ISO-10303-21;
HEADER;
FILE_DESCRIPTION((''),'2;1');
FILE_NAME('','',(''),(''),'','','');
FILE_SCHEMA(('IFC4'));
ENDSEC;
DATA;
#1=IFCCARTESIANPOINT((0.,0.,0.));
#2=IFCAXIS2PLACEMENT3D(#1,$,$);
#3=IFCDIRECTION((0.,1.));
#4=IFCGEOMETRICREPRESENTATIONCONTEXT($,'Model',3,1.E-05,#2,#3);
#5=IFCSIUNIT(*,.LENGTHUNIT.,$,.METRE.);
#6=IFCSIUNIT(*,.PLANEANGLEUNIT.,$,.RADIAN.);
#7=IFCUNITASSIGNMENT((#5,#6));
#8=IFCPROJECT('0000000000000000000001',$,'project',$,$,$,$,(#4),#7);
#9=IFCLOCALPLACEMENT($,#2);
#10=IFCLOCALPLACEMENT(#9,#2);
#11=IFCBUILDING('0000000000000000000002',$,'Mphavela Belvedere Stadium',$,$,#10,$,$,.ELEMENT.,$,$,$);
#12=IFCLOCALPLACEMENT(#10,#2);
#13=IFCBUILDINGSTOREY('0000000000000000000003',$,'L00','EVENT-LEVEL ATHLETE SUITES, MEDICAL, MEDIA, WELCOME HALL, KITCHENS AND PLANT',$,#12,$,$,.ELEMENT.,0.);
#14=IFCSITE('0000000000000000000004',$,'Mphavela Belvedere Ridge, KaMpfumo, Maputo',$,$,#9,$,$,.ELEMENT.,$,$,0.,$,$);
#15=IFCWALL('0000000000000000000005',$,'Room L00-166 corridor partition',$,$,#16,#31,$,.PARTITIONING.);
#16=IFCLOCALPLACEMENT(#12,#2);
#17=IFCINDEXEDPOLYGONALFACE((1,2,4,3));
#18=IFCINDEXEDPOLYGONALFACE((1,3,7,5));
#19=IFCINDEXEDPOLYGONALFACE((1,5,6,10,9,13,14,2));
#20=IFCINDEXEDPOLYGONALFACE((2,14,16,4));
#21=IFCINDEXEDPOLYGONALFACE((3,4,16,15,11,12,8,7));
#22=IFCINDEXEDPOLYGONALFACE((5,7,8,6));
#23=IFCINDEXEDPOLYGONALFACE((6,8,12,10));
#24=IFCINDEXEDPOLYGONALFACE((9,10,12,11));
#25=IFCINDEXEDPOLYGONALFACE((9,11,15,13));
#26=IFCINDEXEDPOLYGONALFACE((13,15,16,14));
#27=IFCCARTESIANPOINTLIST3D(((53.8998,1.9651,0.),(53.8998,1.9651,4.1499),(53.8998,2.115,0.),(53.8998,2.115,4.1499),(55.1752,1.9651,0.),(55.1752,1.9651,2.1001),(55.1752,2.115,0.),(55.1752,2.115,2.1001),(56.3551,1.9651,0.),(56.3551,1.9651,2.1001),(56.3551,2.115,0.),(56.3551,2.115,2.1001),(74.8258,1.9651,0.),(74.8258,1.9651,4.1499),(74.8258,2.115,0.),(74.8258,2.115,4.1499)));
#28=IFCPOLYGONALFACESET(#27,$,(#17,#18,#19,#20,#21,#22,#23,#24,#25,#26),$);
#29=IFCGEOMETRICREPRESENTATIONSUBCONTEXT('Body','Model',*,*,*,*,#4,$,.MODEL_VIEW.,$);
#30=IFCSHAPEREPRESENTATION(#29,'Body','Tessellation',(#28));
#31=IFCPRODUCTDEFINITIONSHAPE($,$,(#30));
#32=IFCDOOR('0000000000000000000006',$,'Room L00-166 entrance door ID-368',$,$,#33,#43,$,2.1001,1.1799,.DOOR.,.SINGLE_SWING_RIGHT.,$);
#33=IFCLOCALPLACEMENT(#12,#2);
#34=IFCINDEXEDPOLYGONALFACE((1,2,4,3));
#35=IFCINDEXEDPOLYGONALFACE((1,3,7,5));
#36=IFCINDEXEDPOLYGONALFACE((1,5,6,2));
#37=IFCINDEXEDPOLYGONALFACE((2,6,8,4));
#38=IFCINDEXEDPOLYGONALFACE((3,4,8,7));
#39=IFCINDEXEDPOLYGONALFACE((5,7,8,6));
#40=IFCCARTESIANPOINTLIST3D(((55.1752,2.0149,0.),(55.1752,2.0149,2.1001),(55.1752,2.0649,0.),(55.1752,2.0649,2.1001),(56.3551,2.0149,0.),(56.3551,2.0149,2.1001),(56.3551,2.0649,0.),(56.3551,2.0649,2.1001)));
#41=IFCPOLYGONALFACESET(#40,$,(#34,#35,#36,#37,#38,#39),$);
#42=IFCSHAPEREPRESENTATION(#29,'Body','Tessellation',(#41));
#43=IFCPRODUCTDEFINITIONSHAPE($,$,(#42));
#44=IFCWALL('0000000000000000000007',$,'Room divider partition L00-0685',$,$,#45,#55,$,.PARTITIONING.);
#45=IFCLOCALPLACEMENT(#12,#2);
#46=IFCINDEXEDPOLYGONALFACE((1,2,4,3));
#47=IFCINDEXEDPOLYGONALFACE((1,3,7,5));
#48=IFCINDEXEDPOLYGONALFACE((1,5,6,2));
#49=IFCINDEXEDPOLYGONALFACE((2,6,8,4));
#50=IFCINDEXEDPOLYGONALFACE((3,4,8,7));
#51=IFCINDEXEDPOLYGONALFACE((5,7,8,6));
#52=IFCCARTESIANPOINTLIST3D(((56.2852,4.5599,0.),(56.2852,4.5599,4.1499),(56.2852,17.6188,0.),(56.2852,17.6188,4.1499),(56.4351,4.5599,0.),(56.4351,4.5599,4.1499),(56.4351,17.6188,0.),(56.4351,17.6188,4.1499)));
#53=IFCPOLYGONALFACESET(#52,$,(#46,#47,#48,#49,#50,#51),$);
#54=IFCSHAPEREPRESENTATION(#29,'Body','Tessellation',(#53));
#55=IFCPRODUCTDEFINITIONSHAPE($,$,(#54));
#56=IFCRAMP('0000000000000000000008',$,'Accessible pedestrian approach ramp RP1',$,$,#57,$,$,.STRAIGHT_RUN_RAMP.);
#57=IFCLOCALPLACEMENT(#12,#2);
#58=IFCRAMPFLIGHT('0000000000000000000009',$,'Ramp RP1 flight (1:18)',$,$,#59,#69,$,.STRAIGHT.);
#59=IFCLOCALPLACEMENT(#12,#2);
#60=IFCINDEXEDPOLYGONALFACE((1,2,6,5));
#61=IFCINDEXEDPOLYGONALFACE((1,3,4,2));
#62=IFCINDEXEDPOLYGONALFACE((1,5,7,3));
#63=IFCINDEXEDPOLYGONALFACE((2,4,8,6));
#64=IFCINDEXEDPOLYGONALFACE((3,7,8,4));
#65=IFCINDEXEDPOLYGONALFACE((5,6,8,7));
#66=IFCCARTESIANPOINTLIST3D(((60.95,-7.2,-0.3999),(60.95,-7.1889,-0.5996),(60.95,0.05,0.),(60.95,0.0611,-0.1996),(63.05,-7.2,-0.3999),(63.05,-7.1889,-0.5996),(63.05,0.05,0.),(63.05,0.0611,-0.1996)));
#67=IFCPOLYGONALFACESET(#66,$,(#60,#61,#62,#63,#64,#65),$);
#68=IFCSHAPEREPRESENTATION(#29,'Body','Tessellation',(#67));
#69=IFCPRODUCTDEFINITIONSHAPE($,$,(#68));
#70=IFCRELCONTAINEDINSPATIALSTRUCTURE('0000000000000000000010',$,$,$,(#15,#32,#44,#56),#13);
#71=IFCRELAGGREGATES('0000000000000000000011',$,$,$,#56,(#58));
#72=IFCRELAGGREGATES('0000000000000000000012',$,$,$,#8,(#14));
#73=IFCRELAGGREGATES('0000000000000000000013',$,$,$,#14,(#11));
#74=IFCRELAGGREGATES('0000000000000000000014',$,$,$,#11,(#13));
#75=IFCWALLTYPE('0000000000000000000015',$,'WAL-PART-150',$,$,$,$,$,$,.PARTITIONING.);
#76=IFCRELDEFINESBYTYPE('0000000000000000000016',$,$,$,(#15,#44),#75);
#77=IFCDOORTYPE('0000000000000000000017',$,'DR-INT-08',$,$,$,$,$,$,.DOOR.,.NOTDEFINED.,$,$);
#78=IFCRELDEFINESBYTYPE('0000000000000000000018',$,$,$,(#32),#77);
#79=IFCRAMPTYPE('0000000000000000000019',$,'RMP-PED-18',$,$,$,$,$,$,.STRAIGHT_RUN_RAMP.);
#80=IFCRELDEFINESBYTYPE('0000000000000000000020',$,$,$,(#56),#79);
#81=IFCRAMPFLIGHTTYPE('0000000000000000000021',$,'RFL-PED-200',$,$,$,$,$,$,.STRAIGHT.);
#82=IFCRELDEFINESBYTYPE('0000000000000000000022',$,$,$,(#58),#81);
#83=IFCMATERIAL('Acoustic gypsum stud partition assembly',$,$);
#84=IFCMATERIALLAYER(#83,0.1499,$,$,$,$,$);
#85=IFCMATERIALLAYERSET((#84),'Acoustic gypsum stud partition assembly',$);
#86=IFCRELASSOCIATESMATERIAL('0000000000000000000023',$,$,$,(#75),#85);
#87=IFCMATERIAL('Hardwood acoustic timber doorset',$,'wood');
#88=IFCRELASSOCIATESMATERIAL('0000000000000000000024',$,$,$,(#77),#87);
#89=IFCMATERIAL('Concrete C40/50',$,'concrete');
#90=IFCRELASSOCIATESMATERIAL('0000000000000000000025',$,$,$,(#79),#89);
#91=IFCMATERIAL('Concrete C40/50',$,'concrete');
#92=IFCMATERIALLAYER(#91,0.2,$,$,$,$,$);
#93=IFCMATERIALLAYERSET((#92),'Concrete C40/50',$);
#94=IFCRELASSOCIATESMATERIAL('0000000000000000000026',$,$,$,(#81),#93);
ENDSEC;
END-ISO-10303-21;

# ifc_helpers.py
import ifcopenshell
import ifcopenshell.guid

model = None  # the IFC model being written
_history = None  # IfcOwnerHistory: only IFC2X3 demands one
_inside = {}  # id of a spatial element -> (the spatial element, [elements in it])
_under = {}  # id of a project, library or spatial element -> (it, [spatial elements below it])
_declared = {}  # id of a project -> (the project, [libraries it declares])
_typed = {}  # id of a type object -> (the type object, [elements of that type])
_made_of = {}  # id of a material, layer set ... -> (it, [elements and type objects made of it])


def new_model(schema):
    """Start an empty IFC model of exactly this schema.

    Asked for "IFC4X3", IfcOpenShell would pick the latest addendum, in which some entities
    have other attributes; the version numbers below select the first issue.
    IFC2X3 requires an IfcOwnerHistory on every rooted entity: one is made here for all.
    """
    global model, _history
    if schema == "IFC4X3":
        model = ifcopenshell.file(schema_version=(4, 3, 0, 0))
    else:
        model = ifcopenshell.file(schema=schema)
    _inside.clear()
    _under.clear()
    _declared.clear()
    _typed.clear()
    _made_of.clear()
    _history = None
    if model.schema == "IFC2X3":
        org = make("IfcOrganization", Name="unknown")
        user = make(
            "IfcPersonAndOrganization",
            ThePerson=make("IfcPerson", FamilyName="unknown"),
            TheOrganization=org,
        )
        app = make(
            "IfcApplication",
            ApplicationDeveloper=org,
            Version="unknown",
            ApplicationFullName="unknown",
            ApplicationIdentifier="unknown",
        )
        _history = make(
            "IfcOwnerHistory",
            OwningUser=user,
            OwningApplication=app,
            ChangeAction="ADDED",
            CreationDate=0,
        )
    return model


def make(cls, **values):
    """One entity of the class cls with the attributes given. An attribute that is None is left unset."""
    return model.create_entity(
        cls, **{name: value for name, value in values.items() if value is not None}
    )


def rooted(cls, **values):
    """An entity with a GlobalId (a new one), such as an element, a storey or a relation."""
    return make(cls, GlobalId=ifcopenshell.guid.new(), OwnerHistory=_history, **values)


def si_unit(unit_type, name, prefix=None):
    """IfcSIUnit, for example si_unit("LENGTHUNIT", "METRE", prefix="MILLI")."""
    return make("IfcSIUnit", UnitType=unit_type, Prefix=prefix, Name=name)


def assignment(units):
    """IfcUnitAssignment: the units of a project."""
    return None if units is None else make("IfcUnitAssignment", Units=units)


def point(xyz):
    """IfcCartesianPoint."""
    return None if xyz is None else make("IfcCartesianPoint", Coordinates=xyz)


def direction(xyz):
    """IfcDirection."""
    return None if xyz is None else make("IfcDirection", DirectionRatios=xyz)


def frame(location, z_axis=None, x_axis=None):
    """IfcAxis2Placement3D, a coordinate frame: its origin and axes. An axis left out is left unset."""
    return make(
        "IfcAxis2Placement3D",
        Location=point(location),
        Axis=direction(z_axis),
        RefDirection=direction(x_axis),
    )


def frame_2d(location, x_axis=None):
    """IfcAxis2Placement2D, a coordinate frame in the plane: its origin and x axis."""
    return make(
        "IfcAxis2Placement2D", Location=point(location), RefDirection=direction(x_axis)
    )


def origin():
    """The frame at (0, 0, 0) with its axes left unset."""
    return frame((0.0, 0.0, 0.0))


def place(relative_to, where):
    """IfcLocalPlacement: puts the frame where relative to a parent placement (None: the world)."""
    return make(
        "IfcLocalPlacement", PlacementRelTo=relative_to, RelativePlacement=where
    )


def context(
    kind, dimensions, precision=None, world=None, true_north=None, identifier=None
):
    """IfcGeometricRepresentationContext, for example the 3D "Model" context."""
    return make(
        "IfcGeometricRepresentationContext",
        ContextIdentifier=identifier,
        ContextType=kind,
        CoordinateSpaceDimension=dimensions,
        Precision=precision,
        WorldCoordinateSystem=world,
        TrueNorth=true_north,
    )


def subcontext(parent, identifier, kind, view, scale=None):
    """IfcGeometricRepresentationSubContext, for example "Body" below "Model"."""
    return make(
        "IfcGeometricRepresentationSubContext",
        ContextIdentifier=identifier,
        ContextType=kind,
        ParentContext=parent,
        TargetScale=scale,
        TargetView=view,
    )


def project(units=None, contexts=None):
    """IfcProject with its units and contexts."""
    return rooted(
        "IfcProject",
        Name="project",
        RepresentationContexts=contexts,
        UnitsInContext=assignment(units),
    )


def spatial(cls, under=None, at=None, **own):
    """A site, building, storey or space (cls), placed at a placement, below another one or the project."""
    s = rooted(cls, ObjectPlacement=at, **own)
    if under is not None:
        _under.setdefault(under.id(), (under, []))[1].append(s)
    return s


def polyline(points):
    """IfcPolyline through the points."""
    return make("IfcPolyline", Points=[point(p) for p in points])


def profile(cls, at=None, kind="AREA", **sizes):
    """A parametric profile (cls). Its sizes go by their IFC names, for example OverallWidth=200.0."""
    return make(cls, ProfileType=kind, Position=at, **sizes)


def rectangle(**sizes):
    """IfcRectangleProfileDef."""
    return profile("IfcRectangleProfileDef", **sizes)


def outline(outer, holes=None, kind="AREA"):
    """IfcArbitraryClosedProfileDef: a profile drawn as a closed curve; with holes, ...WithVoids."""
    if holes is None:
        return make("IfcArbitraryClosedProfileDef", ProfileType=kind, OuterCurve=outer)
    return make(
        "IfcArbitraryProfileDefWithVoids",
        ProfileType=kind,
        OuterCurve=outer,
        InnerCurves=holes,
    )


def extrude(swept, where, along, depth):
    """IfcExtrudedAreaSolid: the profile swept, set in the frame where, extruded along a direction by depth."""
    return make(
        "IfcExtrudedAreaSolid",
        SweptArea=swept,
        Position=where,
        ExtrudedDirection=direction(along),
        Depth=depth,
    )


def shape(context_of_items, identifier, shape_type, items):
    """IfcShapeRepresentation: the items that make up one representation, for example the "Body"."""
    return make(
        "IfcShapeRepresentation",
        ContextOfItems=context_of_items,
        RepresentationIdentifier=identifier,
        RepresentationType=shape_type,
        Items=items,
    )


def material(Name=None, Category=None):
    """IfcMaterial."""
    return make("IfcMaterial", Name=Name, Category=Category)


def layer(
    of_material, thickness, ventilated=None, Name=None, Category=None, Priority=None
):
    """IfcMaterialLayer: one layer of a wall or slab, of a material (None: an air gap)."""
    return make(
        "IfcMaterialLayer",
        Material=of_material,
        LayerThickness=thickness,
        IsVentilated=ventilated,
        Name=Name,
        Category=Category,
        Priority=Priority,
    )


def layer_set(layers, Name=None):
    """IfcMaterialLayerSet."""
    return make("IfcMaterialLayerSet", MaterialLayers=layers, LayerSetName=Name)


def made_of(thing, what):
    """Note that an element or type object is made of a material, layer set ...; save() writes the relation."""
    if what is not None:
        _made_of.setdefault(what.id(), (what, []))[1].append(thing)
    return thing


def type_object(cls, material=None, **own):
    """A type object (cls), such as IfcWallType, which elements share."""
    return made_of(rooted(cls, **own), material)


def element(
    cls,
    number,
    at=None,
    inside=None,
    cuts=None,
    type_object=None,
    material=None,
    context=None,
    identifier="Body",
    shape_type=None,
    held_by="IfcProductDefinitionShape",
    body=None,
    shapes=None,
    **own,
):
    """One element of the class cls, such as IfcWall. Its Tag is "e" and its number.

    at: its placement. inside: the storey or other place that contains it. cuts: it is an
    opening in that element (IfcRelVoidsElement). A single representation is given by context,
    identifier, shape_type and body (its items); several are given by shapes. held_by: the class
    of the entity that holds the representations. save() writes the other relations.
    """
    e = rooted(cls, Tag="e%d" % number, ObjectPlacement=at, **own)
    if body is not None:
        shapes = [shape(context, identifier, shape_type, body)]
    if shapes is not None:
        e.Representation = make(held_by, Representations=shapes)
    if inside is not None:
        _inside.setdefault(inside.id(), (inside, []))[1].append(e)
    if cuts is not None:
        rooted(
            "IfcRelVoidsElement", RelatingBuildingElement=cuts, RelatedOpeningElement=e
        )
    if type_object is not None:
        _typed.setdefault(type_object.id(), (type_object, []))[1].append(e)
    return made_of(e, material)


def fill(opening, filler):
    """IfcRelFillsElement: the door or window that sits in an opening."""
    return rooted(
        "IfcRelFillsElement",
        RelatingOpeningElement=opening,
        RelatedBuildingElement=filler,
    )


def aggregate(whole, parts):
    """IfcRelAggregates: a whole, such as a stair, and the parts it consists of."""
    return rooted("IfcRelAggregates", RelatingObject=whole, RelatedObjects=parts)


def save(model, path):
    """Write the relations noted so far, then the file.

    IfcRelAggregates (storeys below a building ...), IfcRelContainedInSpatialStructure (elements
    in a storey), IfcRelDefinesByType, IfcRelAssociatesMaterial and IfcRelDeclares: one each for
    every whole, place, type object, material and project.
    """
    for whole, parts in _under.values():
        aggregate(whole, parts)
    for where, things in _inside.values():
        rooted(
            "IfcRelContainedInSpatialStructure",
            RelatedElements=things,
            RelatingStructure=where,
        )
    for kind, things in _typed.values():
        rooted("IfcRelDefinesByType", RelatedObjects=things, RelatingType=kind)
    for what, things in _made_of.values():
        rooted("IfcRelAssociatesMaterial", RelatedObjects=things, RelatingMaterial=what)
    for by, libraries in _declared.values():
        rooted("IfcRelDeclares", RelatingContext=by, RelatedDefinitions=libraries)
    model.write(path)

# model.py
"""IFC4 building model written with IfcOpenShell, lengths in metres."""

from ifc_helpers import new_model, si_unit, direction, frame, frame_2d, origin, place, context, subcontext, project, spatial, polyline, rectangle, outline, extrude, material, layer, layer_set, type_object, element, fill, aggregate, save


model = new_model("IFC4")

# Units and contexts
model_context = context("Model", 3, precision=1e-05, world=origin(), true_north=direction((0.0, 1.0)))
body_context = subcontext(model_context, "Body", "Model", "MODEL_VIEW")
ifc_project = project(units=[si_unit("LENGTHUNIT", "METRE"), si_unit("PLANEANGLEUNIT", "RADIAN")], contexts=[model_context])

# Site, building, storey
site_placement = place(None, origin())
site = spatial("IfcSite", under=ifc_project, at=site_placement, Name="Mphavela Belvedere Ridge, KaMpfumo, Maputo", CompositionType="ELEMENT", RefElevation=0.0)
building_placement = place(site_placement, origin())
building = spatial("IfcBuilding", under=site, at=building_placement, Name="Mphavela Belvedere Stadium", CompositionType="ELEMENT")
storey_placement = place(building_placement, origin())
storey = spatial("IfcBuildingStorey", under=building, at=storey_placement, Name="L00", Description="EVENT-LEVEL ATHLETE SUITES, MEDICAL, MEDIA, WELCOME HALL, KITCHENS AND PLANT", CompositionType="ELEMENT", Elevation=0.0)

# Wall, opening, door
ifc_material_1 = material(Name="Acoustic gypsum stud partition assembly")
ifc_layer_1 = layer(ifc_material_1, 0.1499)
ifc_layer_set_1 = layer_set([ifc_layer_1], Name="Acoustic gypsum stud partition assembly")
wall_type_1 = type_object("IfcWallType", Name="WAL-PART-150", PredefinedType="PARTITIONING", material=ifc_layer_set_1)
wall_1_placement = place(storey_placement, frame((53.8999, 2.04, 0.0), z_axis=(0.0, 0.0, 1.0), x_axis=(1.0, 0.0, 0.0)))
wall_1 = element("IfcWall", 1, at=wall_1_placement, inside=storey, type_object=wall_type_1, Name="Room L00-166 corridor partition", PredefinedType="PARTITIONING", context=body_context, shape_type="SweptSolid", body=[
    extrude(rectangle(XDim=20.926, YDim=0.1499, at=frame_2d((10.4629, 0.0))), origin(), (0.0, 0.0, 1.0), 4.1499),
])
opening_1_placement = place(wall_1_placement, frame((1.2754, 0.0, 0.0)))
opening_1 = element("IfcOpeningElement", 2, at=opening_1_placement, cuts=wall_1, PredefinedType="OPENING", context=body_context, shape_type="SweptSolid", body=[
    extrude(rectangle(XDim=1.1799, YDim=2.1001, at=frame_2d((0.5898, 1.05))), frame((0.0, 0.085, 0.0), z_axis=(0.0, -1.0, 0.0), x_axis=(1.0, 0.0, 0.0)), (0.0, 0.0, 1.0), 0.1699),
])
ifc_material_2 = material(Name="Hardwood acoustic timber doorset", Category="wood")
door_type_1 = type_object("IfcDoorType", Name="DR-INT-08", OperationType="NOTDEFINED", PredefinedType="DOOR", material=ifc_material_2)
door_1_placement = place(opening_1_placement, origin())
door_1 = element("IfcDoor", 3, at=door_1_placement, inside=storey, type_object=door_type_1, Name="Room L00-166 entrance door ID-368", OperationType="SINGLE_SWING_RIGHT", OverallHeight=2.1001, OverallWidth=1.1799, PredefinedType="DOOR", context=body_context, shape_type="SweptSolid", body=[
    extrude(rectangle(XDim=1.1799, YDim=2.1001, at=frame_2d((0.5898, 1.05))), frame((0.0, 0.0249, 0.0), z_axis=(0.0, -1.0, 0.0), x_axis=(1.0, 0.0, 0.0)), (0.0, 0.0, 1.0), 0.05),
])
fill(opening_1, door_1)

# Wall
wall_2_placement = place(storey_placement, frame((56.3601, 4.5601, 0.0), z_axis=(0.0, 0.0, 1.0), x_axis=(0.0, 1.0, 0.0)))
element("IfcWall", 4, at=wall_2_placement, inside=storey, type_object=wall_type_1, Name="Room divider partition L00-0685", PredefinedType="PARTITIONING", context=body_context, shape_type="SweptSolid", body=[
    extrude(rectangle(XDim=13.0588, YDim=0.1499, at=frame_2d((6.5293, 0.0))), origin(), (0.0, 0.0, 1.0), 4.1499),
])

# Ramp, ramp flight
ifc_material_3 = material(Name="Concrete C40/50", Category="concrete")
ramp_type = type_object("IfcRampType", Name="RMP-PED-18", PredefinedType="STRAIGHT_RUN_RAMP", material=ifc_material_3)
ramp_placement = place(storey_placement, origin())
ramp = element("IfcRamp", 5, at=ramp_placement, inside=storey, type_object=ramp_type, Name="Accessible pedestrian approach ramp RP1", PredefinedType="STRAIGHT_RUN_RAMP")
ifc_material_4 = material(Name="Concrete C40/50", Category="concrete")
ifc_layer_2 = layer(ifc_material_4, 0.2)
ifc_layer_set_2 = layer_set([ifc_layer_2], Name="Concrete C40/50")
ramp_flight_type = type_object("IfcRampFlightType", Name="RFL-PED-200", PredefinedType="STRAIGHT", material=ifc_layer_set_2)
ramp_flight_placement = place(storey_placement, frame((63.05, -7.2, -0.3999), z_axis=(0.0, -0.055075, 0.998482), x_axis=(0.0, 0.998482, 0.055075)))
ramp_flight = element("IfcRampFlight", 6, at=ramp_flight_placement, type_object=ramp_flight_type, Name="Ramp RP1 flight (1:18)", PredefinedType="STRAIGHT", context=body_context, shape_type="SweptSolid", body=[
    extrude(outline(polyline([(0.0, 0.0), (7.261, 0.0), (7.261, 2.1001), (0.0, 2.1001), (0.0, 0.0)])), origin(), (0.0, 0.0, -1.0), 0.2),
])
aggregate(ramp, [ramp_flight])

save(model, "model.ifc")
